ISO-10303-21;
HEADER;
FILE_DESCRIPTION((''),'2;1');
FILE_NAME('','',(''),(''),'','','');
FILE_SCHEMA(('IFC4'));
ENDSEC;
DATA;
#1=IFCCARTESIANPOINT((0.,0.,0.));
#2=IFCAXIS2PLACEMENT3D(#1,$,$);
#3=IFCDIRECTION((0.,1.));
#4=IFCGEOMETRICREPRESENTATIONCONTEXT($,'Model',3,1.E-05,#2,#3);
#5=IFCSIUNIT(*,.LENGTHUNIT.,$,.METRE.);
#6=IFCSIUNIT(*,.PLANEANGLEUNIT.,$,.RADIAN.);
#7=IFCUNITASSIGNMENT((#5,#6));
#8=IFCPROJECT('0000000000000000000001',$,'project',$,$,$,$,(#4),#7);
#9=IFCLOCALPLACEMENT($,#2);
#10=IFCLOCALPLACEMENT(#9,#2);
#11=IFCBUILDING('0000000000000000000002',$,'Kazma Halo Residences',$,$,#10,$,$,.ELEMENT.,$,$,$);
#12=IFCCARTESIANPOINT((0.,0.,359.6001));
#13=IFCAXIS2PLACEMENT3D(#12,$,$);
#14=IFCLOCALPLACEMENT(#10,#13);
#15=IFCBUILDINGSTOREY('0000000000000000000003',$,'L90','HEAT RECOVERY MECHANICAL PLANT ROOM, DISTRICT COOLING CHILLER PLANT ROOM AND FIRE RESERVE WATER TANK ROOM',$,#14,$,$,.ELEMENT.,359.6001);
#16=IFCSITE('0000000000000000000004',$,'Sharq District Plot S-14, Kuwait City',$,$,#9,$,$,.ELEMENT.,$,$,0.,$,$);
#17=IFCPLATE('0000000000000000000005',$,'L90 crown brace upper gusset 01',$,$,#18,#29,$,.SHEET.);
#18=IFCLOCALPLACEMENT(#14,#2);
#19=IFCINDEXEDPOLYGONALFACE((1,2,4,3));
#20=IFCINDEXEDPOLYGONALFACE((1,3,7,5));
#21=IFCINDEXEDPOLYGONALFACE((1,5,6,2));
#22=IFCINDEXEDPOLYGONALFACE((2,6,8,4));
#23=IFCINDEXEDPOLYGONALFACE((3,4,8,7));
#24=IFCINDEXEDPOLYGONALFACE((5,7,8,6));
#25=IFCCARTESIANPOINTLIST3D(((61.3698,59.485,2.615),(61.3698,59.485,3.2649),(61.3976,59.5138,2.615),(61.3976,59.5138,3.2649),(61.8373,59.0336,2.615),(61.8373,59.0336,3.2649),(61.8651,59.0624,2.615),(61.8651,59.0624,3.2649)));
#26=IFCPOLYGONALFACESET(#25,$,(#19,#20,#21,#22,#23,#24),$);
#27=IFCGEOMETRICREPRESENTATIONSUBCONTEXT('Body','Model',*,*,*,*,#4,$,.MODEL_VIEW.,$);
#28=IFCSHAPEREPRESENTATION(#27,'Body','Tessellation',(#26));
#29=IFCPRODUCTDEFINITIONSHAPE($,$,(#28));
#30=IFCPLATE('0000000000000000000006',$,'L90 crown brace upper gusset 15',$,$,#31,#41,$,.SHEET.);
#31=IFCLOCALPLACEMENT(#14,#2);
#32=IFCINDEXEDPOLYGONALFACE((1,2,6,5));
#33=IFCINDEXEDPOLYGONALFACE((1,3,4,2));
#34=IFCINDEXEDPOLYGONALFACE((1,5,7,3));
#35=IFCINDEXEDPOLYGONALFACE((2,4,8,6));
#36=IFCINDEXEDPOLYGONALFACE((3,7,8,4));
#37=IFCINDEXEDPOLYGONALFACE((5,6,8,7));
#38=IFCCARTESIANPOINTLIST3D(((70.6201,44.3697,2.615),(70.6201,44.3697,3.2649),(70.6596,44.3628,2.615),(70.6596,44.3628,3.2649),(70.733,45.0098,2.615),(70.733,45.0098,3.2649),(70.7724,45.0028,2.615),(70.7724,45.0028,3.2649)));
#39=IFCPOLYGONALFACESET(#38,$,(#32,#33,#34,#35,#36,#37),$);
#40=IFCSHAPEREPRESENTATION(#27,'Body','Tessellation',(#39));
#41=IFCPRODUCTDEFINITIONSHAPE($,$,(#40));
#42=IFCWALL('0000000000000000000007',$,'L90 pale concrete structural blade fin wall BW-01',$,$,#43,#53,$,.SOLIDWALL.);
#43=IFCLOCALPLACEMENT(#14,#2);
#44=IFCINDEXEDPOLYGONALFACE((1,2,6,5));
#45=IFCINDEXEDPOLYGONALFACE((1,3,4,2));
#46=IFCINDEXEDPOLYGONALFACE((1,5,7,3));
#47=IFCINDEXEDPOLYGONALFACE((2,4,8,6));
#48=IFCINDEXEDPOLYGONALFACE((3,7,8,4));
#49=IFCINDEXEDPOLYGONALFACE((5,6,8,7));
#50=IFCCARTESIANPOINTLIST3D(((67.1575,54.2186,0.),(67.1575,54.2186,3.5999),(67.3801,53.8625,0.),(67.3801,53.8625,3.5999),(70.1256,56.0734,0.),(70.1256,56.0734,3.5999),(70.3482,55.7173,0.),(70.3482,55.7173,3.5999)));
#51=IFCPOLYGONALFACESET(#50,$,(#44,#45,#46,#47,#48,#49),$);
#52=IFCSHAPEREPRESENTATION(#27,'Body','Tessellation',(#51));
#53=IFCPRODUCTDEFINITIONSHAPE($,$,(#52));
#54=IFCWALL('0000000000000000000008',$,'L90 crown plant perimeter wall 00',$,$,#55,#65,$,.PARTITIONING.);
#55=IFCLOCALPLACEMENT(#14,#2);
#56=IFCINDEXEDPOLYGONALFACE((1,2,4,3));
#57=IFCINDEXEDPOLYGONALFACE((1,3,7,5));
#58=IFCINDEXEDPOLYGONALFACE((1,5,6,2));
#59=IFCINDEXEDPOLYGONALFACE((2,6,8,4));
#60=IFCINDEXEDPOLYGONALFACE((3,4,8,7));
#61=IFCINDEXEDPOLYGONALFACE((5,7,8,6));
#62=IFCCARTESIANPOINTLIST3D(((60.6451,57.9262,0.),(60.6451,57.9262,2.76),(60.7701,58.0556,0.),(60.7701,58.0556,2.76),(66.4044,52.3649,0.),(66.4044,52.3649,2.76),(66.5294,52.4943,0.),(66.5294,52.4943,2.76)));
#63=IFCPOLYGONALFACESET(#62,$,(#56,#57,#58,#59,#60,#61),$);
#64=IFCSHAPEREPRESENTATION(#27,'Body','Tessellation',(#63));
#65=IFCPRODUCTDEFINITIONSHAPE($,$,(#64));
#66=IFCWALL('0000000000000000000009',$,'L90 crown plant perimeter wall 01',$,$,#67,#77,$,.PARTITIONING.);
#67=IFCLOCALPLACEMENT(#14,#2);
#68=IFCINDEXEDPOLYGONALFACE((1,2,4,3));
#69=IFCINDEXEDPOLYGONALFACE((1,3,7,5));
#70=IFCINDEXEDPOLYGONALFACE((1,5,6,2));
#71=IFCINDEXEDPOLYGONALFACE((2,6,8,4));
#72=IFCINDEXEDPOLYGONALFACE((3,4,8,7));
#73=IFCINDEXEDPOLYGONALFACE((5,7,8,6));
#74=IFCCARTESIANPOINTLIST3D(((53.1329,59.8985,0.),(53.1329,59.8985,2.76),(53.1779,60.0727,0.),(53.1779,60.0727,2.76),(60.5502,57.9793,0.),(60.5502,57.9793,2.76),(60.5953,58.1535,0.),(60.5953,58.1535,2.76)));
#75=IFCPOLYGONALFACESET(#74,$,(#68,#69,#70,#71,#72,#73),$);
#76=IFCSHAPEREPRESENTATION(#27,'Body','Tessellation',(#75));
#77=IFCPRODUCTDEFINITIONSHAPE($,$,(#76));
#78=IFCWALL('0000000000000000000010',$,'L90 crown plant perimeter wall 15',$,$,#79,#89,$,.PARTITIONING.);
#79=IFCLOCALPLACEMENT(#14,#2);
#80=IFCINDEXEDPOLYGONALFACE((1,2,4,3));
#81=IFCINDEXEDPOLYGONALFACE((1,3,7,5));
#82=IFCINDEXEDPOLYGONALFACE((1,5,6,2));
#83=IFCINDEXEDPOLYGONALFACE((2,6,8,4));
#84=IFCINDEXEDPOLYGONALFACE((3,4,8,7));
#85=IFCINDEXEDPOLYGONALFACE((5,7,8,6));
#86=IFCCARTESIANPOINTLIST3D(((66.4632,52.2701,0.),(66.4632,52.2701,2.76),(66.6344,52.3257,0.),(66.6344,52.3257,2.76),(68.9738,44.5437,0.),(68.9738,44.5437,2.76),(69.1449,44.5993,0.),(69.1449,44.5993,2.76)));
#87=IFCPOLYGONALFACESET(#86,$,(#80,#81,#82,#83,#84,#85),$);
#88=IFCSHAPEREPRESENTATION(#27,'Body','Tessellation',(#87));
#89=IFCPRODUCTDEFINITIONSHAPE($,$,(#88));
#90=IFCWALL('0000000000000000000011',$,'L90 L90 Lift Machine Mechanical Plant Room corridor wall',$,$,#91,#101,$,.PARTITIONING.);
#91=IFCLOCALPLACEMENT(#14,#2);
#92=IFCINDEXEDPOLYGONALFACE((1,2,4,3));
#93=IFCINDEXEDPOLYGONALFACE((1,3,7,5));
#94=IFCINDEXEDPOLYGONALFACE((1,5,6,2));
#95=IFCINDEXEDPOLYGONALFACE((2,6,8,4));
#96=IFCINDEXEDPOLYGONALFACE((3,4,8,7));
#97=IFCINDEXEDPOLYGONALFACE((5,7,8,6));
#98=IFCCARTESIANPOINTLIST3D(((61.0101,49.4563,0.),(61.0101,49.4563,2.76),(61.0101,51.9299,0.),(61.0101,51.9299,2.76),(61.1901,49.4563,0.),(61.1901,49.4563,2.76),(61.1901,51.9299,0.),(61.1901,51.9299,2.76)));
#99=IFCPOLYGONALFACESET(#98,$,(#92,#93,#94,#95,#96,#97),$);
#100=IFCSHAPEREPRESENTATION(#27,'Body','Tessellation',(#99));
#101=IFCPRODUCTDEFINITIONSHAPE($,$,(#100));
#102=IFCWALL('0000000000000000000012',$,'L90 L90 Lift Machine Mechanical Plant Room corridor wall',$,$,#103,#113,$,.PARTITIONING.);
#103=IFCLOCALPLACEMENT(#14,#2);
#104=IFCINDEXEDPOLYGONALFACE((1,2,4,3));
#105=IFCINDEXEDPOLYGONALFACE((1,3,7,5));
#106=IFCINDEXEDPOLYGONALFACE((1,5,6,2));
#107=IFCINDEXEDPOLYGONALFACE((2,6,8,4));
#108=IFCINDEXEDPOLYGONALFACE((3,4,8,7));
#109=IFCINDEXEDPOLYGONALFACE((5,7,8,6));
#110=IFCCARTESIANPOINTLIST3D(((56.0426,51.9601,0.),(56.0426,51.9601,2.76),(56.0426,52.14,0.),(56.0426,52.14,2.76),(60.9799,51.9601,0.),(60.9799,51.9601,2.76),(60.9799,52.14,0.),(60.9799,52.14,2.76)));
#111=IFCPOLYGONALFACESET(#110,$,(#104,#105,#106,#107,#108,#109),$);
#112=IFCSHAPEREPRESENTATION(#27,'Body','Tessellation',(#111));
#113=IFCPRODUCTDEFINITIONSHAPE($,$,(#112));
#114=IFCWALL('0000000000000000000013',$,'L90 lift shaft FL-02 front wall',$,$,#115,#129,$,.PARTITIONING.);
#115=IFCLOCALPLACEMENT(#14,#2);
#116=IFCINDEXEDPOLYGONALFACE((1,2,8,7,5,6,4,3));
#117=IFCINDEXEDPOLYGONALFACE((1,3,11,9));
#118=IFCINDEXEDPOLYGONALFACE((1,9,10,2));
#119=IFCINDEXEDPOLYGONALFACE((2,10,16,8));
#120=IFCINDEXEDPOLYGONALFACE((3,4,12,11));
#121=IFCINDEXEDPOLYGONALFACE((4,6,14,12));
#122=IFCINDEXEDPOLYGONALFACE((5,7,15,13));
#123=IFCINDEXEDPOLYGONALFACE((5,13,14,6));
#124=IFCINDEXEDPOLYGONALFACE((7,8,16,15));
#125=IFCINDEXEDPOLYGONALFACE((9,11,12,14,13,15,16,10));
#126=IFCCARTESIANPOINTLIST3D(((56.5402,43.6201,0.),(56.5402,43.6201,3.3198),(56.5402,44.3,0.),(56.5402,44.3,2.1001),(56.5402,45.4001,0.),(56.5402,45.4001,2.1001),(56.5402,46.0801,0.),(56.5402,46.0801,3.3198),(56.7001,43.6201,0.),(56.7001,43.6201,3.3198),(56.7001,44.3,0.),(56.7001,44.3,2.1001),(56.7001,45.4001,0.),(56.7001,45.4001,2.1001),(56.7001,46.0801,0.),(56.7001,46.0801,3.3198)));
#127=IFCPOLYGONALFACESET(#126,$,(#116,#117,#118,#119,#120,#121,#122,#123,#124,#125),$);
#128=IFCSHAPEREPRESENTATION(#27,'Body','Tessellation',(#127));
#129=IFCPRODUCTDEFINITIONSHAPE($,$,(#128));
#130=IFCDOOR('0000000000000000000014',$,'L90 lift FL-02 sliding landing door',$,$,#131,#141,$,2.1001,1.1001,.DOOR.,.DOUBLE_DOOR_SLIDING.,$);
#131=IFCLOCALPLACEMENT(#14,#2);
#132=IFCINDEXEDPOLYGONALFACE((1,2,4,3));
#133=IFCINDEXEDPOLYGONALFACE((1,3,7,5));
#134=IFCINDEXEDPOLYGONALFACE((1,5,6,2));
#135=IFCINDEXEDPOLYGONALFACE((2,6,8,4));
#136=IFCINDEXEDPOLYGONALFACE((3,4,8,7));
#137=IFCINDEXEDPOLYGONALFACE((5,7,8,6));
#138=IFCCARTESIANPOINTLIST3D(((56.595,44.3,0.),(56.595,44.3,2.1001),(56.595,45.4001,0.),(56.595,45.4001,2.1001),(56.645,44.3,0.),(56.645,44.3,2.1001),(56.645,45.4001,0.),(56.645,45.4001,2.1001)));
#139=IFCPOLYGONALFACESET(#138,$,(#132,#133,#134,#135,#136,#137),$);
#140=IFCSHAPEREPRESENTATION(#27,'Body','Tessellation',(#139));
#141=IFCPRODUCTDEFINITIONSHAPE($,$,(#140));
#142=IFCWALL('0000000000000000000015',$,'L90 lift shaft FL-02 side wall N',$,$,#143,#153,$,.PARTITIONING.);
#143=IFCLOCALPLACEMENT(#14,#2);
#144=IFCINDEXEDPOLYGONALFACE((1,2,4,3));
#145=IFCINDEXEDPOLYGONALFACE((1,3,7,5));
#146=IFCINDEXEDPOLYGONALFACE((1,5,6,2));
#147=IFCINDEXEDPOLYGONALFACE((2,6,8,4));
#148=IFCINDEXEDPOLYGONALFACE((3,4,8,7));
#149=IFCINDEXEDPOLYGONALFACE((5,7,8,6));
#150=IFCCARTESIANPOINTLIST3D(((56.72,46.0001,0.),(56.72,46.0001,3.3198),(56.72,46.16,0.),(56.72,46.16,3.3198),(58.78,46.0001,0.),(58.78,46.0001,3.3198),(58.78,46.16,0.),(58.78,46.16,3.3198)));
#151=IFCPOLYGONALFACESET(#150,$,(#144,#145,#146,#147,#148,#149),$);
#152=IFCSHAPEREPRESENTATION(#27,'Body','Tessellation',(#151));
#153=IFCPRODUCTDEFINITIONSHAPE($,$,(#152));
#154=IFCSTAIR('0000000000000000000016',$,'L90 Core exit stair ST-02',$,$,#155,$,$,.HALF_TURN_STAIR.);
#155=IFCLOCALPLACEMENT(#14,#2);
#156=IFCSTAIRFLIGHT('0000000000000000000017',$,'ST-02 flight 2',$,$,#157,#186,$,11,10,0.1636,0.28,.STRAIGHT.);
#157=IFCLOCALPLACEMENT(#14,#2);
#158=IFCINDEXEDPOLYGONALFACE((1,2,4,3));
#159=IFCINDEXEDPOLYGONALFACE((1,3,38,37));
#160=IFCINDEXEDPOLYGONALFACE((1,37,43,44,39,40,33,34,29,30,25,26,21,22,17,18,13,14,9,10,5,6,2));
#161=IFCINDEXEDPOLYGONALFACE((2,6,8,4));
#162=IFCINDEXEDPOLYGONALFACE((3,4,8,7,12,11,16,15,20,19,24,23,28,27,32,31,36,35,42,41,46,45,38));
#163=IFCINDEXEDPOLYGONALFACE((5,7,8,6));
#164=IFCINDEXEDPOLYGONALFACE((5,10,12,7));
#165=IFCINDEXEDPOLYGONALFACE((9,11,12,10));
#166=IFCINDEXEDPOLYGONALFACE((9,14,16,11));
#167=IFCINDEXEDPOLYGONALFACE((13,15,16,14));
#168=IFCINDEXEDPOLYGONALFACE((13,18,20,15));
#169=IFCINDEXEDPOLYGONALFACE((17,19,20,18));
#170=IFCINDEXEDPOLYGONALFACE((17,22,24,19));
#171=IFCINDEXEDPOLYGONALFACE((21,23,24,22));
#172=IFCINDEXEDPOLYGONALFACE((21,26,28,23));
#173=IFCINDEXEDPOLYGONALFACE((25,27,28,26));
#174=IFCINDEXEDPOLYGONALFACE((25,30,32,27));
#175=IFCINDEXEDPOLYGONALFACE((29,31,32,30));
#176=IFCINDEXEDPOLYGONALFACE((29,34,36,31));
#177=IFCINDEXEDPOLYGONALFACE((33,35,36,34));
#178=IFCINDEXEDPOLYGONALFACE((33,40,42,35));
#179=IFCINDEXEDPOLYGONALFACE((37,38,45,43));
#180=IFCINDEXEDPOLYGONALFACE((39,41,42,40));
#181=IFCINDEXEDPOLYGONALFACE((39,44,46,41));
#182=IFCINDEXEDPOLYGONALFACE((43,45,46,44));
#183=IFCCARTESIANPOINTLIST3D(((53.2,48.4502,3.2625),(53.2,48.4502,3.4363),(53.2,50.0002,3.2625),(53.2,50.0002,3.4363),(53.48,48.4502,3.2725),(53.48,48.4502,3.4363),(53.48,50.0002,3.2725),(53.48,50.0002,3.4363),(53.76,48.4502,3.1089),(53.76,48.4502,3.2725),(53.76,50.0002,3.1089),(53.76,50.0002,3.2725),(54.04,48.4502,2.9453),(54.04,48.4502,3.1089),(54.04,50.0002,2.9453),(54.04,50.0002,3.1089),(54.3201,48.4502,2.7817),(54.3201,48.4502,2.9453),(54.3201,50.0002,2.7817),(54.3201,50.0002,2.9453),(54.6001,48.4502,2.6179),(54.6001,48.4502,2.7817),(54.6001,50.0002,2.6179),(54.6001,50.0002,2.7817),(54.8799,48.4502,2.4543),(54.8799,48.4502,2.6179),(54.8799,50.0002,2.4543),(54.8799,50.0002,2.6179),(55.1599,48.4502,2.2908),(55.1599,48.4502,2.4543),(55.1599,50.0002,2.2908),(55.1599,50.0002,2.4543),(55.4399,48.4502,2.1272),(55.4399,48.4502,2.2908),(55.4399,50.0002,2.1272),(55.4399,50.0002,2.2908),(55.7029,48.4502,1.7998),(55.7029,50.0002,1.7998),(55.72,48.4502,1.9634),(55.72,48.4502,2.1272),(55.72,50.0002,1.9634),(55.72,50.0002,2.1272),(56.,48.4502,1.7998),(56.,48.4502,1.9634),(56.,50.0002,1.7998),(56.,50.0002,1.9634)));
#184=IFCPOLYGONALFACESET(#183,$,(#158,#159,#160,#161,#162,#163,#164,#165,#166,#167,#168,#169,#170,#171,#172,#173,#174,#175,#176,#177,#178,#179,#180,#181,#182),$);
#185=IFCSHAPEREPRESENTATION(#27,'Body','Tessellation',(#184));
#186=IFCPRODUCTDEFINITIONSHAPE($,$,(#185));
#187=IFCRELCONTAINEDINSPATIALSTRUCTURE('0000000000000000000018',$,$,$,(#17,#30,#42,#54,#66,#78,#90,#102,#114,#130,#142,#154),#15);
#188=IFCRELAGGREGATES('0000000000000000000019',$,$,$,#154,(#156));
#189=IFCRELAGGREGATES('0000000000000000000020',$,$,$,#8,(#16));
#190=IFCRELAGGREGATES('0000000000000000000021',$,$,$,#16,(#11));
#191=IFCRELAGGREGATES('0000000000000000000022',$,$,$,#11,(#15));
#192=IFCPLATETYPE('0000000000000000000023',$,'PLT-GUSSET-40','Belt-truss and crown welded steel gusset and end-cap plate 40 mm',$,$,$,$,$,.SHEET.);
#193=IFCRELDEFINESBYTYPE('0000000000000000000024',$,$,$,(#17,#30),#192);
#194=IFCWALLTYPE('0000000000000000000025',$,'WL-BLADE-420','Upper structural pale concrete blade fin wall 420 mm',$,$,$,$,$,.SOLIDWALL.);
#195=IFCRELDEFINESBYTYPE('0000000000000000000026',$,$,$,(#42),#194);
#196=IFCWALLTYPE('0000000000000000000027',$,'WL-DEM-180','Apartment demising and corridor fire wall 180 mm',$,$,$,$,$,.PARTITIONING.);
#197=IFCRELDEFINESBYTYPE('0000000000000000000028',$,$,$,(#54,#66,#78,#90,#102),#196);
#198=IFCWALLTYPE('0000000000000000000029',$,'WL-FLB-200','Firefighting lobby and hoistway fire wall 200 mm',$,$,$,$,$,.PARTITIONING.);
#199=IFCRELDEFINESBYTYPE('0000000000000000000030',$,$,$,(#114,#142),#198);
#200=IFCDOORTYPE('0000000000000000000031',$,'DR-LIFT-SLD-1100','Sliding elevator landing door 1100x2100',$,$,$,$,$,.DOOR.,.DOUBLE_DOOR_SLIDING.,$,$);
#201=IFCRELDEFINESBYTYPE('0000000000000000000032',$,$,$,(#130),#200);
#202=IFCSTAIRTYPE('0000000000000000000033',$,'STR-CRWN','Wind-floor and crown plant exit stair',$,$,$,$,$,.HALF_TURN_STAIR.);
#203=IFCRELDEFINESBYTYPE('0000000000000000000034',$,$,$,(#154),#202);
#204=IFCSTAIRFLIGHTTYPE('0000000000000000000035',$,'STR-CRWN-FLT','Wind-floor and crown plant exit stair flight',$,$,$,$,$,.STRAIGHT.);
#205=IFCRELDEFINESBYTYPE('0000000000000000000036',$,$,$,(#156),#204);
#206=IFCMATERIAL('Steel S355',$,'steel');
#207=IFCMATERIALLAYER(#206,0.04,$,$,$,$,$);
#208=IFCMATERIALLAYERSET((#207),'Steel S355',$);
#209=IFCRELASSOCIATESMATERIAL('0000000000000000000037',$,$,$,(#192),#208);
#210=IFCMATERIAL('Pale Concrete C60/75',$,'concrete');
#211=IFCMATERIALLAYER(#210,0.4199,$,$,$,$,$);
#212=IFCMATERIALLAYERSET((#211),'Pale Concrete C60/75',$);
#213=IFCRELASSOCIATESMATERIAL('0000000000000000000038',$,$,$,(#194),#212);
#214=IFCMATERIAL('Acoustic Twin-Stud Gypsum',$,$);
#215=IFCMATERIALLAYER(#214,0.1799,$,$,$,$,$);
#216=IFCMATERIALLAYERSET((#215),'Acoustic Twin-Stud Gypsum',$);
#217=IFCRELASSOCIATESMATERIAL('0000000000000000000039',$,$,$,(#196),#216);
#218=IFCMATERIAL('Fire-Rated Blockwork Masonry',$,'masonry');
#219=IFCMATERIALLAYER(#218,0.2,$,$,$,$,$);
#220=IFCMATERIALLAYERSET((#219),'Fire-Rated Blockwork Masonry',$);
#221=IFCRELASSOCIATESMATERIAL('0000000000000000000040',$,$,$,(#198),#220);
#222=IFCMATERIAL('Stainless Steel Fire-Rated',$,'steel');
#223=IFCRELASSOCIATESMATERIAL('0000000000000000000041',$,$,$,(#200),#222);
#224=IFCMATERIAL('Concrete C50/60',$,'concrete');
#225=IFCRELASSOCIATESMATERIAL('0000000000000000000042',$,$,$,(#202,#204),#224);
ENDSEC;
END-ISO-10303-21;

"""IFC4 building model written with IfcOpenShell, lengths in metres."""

from ifc_helpers import new_model, si_unit, direction, frame, frame_2d, origin, origin_2d, place, context, subcontext, project, spatial, polyline, rectangle, outline, extrude, material, layer, layer_set, type_object, element, fill, aggregate, save


model = new_model("IFC4")

# Units and contexts
model_context = context("Model", 3, precision=1e-05, world=origin(), true_north=direction((0.0, 1.0)))
body_context = subcontext(model_context, "Body", "Model", "MODEL_VIEW")
ifc_project = project(units=[si_unit("LENGTHUNIT", "METRE"), si_unit("PLANEANGLEUNIT", "RADIAN")], contexts=[model_context])

# Site, building, storey
site_placement = place(None, origin())
site = spatial("IfcSite", under=ifc_project, at=site_placement, Name="Sharq District Plot S-14, Kuwait City", CompositionType="ELEMENT", RefElevation=0.0)
building_placement = place(site_placement, origin())
building = spatial("IfcBuilding", under=site, at=building_placement, Name="Kazma Halo Residences", CompositionType="ELEMENT")
storey_placement = place(building_placement, frame((0.0, 0.0, 359.6001)))
storey = spatial("IfcBuildingStorey", under=building, at=storey_placement, Name="L90", Description="HEAT RECOVERY MECHANICAL PLANT ROOM, DISTRICT COOLING CHILLER PLANT ROOM AND FIRE RESERVE WATER TANK ROOM", CompositionType="ELEMENT", Elevation=359.6001)

# Shared definitions
ifc_material_1 = material(Name="Steel S355", Category="steel")

# Plates
ifc_layer_1 = layer(ifc_material_1, 0.04)
ifc_layer_set_1 = layer_set([ifc_layer_1], Name="Steel S355")
plate_type_1 = type_object("IfcPlateType", Name="PLT-GUSSET-40", Description="Belt-truss and crown welded steel gusset and end-cap plate 40 mm", PredefinedType="SHEET", material=ifc_layer_set_1)
for number, where, z_axis, x_axis, name in (
    (1, (61.6174, 59.2737, 2.615), (0.0, 0.0, 1.0), (-0.719342, 0.694656, 0.0), "L90 crown brace upper gusset 01"),
    (2, (70.6963, 44.6863, 2.615), (0.0, 0.0, 1.0), (0.173656, 0.984806, 0.0), "L90 crown brace upper gusset 15"),
):
    element("IfcPlate", number, at=place(storey_placement, frame(where, z_axis=z_axis, x_axis=x_axis)), inside=storey, type_object=plate_type_1, Name=name, PredefinedType="SHEET", context=body_context, shape_type="SweptSolid", body=[
        extrude(rectangle(XDim=0.6499, YDim=0.04, at=origin_2d()), origin(), (0.0, 0.0, 1.0), 0.6499),
    ])

# Walls
ifc_material_2 = material(Name="Pale Concrete C60/75", Category="concrete")
ifc_layer_2 = layer(ifc_material_2, 0.4199)
ifc_layer_set_2 = layer_set([ifc_layer_2], Name="Pale Concrete C60/75")
wall_type_1 = type_object("IfcWallType", Name="WL-BLADE-420", Description="Upper structural pale concrete blade fin wall 420 mm", PredefinedType="SOLIDWALL", material=ifc_layer_set_2)
wall_1_placement = place(storey_placement, frame((67.2688, 54.0405, 0.0), z_axis=(0.0, 0.0, 1.0), x_axis=(0.848034, 0.529943, 0.0)))
element("IfcWall", 3, at=wall_1_placement, inside=storey, type_object=wall_type_1, Name="L90 pale concrete structural blade fin wall BW-01", PredefinedType="SOLIDWALL", context=body_context, shape_type="SweptSolid", body=[
    extrude(rectangle(XDim=3.5, YDim=0.4199, at=frame_2d((1.75, 0.0))), origin(), (0.0, 0.0, 1.0), 3.5999),
])
ifc_material_3 = material(Name="Acoustic Twin-Stud Gypsum")
ifc_layer_3 = layer(ifc_material_3, 0.1799)
ifc_layer_set_3 = layer_set([ifc_layer_3], Name="Acoustic Twin-Stud Gypsum")
wall_type_2 = type_object("IfcWallType", Name="WL-DEM-180", Description="Apartment demising and corridor fire wall 180 mm", PredefinedType="PARTITIONING", material=ifc_layer_set_3)
wall_2_placement = place(storey_placement, frame((66.4668, 52.4297, 0.0), z_axis=(0.0, 0.0, 1.0), x_axis=(-0.719364, 0.694633, 0.0)))
element("IfcWall", 4, at=wall_2_placement, inside=storey, type_object=wall_type_2, Name="L90 crown plant perimeter wall 00", PredefinedType="PARTITIONING", context=body_context, shape_type="SweptSolid", body=[
    extrude(rectangle(XDim=8.0061, YDim=0.1799, at=frame_2d((4.0029, 0.0))), origin(), (0.0, 0.0, 1.0), 2.76),
])
wall_3_placement = place(storey_placement, frame((60.5728, 58.0664, 0.0), z_axis=(0.0, 0.0, 1.0), x_axis=(-0.968117, 0.250498, 0.0)))
element("IfcWall", 5, at=wall_3_placement, inside=storey, type_object=wall_type_2, Name="L90 crown plant perimeter wall 01", PredefinedType="PARTITIONING", context=body_context, shape_type="SweptSolid", body=[
    extrude(rectangle(XDim=7.6616, YDim=0.1799, at=frame_2d((3.8308, 0.0))), origin(), (0.0, 0.0, 1.0), 2.76),
])
wall_4_placement = place(storey_placement, frame((69.0593, 44.5715, 0.0), z_axis=(0.0, 0.0, 1.0), x_axis=(-0.309024, 0.951054, 0.0)))
element("IfcWall", 6, at=wall_4_placement, inside=storey, type_object=wall_type_2, Name="L90 crown plant perimeter wall 15", PredefinedType="PARTITIONING", context=body_context, shape_type="SweptSolid", body=[
    extrude(rectangle(XDim=8.124, YDim=0.1799, at=frame_2d((4.062, 0.0))), origin(), (0.0, 0.0, 1.0), 2.76),
])
wall_5_placement = place(storey_placement, frame((61.1001, 49.4563, 0.0), z_axis=(0.0, 0.0, 1.0), x_axis=(0.0, 1.0, 0.0)))
element("IfcWall", 7, at=wall_5_placement, inside=storey, type_object=wall_type_2, Name="L90 L90 Lift Machine Mechanical Plant Room corridor wall", PredefinedType="PARTITIONING", context=body_context, shape_type="SweptSolid", body=[
    extrude(rectangle(XDim=2.4736, YDim=0.1799, at=frame_2d((1.2368, 0.0))), origin(), (0.0, 0.0, 1.0), 2.76),
])
wall_6_placement = place(storey_placement, frame((60.98, 52.05, 0.0), z_axis=(0.0, 0.0, 1.0), x_axis=(-1.0, 0.0, 0.0)))
element("IfcWall", 8, at=wall_6_placement, inside=storey, type_object=wall_type_2, Name="L90 L90 Lift Machine Mechanical Plant Room corridor wall", PredefinedType="PARTITIONING", context=body_context, shape_type="SweptSolid", body=[
    extrude(rectangle(XDim=4.9373, YDim=0.1799, at=frame_2d((2.4688, 0.0))), origin(), (0.0, 0.0, 1.0), 2.76),
])

# Wall, opening, door
ifc_material_4 = material(Name="Fire-Rated Blockwork Masonry", Category="masonry")
ifc_layer_4 = layer(ifc_material_4, 0.2)
ifc_layer_set_4 = layer_set([ifc_layer_4], Name="Fire-Rated Blockwork Masonry")
wall_type_3 = type_object("IfcWallType", Name="WL-FLB-200", Description="Firefighting lobby and hoistway fire wall 200 mm", PredefinedType="PARTITIONING", material=ifc_layer_set_4)
wall_7_placement = place(storey_placement, frame((56.6201, 46.0801, 0.0), z_axis=(0.0, 0.0, 1.0), x_axis=(0.0, -1.0, 0.0)))
wall_7 = element("IfcWall", 9, at=wall_7_placement, inside=storey, type_object=wall_type_3, Name="L90 lift shaft FL-02 front wall", PredefinedType="PARTITIONING", context=body_context, shape_type="SweptSolid", body=[
    extrude(rectangle(XDim=2.46, YDim=0.1599, at=frame_2d((1.23, 0.0))), origin(), (0.0, 0.0, 1.0), 3.3198),
])
opening_placement = place(wall_7_placement, frame((0.6799, 0.0, 0.0)))
opening = element("IfcOpeningElement", 10, at=opening_placement, cuts=wall_7, PredefinedType="OPENING", context=body_context, shape_type="SweptSolid", body=[
    extrude(rectangle(XDim=1.1001, YDim=2.1001, at=frame_2d((0.55, 1.05))), frame((0.0, 0.0898, 0.0), z_axis=(0.0, -1.0, 0.0), x_axis=(1.0, 0.0, 0.0)), (0.0, 0.0, 1.0), 0.1799),
])
ifc_material_5 = material(Name="Stainless Steel Fire-Rated", Category="steel")
door_type = type_object("IfcDoorType", Name="DR-LIFT-SLD-1100", Description="Sliding elevator landing door 1100x2100", OperationType="DOUBLE_DOOR_SLIDING", PredefinedType="DOOR", material=ifc_material_5)
door_placement = place(opening_placement, origin())
door = element("IfcDoor", 11, at=door_placement, inside=storey, type_object=door_type, Name="L90 lift FL-02 sliding landing door", OperationType="DOUBLE_DOOR_SLIDING", OverallHeight=2.1001, OverallWidth=1.1001, PredefinedType="DOOR", context=body_context, shape_type="SweptSolid", body=[
    extrude(rectangle(XDim=1.1001, YDim=2.1001, at=frame_2d((0.55, 1.05))), frame((0.0, 0.0249, 0.0), z_axis=(0.0, -1.0, 0.0), x_axis=(1.0, 0.0, 0.0)), (0.0, 0.0, 1.0), 0.05),
])
fill(opening, door)

# Wall
wall_8_placement = place(storey_placement, frame((56.72, 46.0801, 0.0), z_axis=(0.0, 0.0, 1.0), x_axis=(1.0, 0.0, 0.0)))
element("IfcWall", 12, at=wall_8_placement, inside=storey, type_object=wall_type_3, Name="L90 lift shaft FL-02 side wall N", PredefinedType="PARTITIONING", context=body_context, shape_type="SweptSolid", body=[
    extrude(rectangle(XDim=2.0601, YDim=0.1599, at=frame_2d((1.03, 0.0))), origin(), (0.0, 0.0, 1.0), 3.3198),
])

# Stair, stair flight
ifc_material_6 = material(Name="Concrete C50/60", Category="concrete")
stair_type = type_object("IfcStairType", Name="STR-CRWN", Description="Wind-floor and crown plant exit stair", PredefinedType="HALF_TURN_STAIR", material=ifc_material_6)
stair_placement = place(storey_placement, origin())
stair = element("IfcStair", 13, at=stair_placement, inside=storey, type_object=stair_type, Name="L90 Core exit stair ST-02", PredefinedType="HALF_TURN_STAIR")
stair_flight_type = type_object("IfcStairFlightType", Name="STR-CRWN-FLT", Description="Wind-floor and crown plant exit stair flight", PredefinedType="STRAIGHT", material=ifc_material_6)
stair_flight_placement = place(storey_placement, frame((56.0, 49.2251, 1.7998), z_axis=(0.0, 0.0, 1.0), x_axis=(-1.0, 0.0, 0.0)))
stair_flight = element("IfcStairFlight", 14, at=stair_flight_placement, type_object=stair_flight_type, Name="ST-02 flight 2", NumberOfRisers=11, NumberOfTreads=10, PredefinedType="STRAIGHT", RiserHeight=0.1636, TreadLength=0.28, context=body_context, shape_type="SweptSolid", body=[
    extrude(outline(polyline([(0.0, 0.0), (0.0, 0.1636), (0.28, 0.1636), (0.28, 0.3274), (0.5601, 0.3274), (0.5601, 0.491), (0.8401, 0.491), (0.8401, 0.6545), (1.1201, 0.6545), (1.1201, 0.8181), (1.3999, 0.8181), (1.3999, 0.9819), (1.6799, 0.9819), (1.6799, 1.1455), (1.96, 1.1455), (1.96, 1.3091), (2.24, 1.3091), (2.24, 1.4727), (2.52, 1.4727), (2.52, 1.6365), (2.8, 1.6365), (2.8, 1.8), (2.8, 1.4626), (0.2971, 0.0), (0.0, 0.0)])), frame((0.0, 0.7749, 0.0), z_axis=(0.0, -1.0, 0.0), x_axis=(1.0, 0.0, 0.0)), (0.0, 0.0, 1.0), 1.55),
])
aggregate(stair, [stair_flight])

save(model, "model.ifc")
